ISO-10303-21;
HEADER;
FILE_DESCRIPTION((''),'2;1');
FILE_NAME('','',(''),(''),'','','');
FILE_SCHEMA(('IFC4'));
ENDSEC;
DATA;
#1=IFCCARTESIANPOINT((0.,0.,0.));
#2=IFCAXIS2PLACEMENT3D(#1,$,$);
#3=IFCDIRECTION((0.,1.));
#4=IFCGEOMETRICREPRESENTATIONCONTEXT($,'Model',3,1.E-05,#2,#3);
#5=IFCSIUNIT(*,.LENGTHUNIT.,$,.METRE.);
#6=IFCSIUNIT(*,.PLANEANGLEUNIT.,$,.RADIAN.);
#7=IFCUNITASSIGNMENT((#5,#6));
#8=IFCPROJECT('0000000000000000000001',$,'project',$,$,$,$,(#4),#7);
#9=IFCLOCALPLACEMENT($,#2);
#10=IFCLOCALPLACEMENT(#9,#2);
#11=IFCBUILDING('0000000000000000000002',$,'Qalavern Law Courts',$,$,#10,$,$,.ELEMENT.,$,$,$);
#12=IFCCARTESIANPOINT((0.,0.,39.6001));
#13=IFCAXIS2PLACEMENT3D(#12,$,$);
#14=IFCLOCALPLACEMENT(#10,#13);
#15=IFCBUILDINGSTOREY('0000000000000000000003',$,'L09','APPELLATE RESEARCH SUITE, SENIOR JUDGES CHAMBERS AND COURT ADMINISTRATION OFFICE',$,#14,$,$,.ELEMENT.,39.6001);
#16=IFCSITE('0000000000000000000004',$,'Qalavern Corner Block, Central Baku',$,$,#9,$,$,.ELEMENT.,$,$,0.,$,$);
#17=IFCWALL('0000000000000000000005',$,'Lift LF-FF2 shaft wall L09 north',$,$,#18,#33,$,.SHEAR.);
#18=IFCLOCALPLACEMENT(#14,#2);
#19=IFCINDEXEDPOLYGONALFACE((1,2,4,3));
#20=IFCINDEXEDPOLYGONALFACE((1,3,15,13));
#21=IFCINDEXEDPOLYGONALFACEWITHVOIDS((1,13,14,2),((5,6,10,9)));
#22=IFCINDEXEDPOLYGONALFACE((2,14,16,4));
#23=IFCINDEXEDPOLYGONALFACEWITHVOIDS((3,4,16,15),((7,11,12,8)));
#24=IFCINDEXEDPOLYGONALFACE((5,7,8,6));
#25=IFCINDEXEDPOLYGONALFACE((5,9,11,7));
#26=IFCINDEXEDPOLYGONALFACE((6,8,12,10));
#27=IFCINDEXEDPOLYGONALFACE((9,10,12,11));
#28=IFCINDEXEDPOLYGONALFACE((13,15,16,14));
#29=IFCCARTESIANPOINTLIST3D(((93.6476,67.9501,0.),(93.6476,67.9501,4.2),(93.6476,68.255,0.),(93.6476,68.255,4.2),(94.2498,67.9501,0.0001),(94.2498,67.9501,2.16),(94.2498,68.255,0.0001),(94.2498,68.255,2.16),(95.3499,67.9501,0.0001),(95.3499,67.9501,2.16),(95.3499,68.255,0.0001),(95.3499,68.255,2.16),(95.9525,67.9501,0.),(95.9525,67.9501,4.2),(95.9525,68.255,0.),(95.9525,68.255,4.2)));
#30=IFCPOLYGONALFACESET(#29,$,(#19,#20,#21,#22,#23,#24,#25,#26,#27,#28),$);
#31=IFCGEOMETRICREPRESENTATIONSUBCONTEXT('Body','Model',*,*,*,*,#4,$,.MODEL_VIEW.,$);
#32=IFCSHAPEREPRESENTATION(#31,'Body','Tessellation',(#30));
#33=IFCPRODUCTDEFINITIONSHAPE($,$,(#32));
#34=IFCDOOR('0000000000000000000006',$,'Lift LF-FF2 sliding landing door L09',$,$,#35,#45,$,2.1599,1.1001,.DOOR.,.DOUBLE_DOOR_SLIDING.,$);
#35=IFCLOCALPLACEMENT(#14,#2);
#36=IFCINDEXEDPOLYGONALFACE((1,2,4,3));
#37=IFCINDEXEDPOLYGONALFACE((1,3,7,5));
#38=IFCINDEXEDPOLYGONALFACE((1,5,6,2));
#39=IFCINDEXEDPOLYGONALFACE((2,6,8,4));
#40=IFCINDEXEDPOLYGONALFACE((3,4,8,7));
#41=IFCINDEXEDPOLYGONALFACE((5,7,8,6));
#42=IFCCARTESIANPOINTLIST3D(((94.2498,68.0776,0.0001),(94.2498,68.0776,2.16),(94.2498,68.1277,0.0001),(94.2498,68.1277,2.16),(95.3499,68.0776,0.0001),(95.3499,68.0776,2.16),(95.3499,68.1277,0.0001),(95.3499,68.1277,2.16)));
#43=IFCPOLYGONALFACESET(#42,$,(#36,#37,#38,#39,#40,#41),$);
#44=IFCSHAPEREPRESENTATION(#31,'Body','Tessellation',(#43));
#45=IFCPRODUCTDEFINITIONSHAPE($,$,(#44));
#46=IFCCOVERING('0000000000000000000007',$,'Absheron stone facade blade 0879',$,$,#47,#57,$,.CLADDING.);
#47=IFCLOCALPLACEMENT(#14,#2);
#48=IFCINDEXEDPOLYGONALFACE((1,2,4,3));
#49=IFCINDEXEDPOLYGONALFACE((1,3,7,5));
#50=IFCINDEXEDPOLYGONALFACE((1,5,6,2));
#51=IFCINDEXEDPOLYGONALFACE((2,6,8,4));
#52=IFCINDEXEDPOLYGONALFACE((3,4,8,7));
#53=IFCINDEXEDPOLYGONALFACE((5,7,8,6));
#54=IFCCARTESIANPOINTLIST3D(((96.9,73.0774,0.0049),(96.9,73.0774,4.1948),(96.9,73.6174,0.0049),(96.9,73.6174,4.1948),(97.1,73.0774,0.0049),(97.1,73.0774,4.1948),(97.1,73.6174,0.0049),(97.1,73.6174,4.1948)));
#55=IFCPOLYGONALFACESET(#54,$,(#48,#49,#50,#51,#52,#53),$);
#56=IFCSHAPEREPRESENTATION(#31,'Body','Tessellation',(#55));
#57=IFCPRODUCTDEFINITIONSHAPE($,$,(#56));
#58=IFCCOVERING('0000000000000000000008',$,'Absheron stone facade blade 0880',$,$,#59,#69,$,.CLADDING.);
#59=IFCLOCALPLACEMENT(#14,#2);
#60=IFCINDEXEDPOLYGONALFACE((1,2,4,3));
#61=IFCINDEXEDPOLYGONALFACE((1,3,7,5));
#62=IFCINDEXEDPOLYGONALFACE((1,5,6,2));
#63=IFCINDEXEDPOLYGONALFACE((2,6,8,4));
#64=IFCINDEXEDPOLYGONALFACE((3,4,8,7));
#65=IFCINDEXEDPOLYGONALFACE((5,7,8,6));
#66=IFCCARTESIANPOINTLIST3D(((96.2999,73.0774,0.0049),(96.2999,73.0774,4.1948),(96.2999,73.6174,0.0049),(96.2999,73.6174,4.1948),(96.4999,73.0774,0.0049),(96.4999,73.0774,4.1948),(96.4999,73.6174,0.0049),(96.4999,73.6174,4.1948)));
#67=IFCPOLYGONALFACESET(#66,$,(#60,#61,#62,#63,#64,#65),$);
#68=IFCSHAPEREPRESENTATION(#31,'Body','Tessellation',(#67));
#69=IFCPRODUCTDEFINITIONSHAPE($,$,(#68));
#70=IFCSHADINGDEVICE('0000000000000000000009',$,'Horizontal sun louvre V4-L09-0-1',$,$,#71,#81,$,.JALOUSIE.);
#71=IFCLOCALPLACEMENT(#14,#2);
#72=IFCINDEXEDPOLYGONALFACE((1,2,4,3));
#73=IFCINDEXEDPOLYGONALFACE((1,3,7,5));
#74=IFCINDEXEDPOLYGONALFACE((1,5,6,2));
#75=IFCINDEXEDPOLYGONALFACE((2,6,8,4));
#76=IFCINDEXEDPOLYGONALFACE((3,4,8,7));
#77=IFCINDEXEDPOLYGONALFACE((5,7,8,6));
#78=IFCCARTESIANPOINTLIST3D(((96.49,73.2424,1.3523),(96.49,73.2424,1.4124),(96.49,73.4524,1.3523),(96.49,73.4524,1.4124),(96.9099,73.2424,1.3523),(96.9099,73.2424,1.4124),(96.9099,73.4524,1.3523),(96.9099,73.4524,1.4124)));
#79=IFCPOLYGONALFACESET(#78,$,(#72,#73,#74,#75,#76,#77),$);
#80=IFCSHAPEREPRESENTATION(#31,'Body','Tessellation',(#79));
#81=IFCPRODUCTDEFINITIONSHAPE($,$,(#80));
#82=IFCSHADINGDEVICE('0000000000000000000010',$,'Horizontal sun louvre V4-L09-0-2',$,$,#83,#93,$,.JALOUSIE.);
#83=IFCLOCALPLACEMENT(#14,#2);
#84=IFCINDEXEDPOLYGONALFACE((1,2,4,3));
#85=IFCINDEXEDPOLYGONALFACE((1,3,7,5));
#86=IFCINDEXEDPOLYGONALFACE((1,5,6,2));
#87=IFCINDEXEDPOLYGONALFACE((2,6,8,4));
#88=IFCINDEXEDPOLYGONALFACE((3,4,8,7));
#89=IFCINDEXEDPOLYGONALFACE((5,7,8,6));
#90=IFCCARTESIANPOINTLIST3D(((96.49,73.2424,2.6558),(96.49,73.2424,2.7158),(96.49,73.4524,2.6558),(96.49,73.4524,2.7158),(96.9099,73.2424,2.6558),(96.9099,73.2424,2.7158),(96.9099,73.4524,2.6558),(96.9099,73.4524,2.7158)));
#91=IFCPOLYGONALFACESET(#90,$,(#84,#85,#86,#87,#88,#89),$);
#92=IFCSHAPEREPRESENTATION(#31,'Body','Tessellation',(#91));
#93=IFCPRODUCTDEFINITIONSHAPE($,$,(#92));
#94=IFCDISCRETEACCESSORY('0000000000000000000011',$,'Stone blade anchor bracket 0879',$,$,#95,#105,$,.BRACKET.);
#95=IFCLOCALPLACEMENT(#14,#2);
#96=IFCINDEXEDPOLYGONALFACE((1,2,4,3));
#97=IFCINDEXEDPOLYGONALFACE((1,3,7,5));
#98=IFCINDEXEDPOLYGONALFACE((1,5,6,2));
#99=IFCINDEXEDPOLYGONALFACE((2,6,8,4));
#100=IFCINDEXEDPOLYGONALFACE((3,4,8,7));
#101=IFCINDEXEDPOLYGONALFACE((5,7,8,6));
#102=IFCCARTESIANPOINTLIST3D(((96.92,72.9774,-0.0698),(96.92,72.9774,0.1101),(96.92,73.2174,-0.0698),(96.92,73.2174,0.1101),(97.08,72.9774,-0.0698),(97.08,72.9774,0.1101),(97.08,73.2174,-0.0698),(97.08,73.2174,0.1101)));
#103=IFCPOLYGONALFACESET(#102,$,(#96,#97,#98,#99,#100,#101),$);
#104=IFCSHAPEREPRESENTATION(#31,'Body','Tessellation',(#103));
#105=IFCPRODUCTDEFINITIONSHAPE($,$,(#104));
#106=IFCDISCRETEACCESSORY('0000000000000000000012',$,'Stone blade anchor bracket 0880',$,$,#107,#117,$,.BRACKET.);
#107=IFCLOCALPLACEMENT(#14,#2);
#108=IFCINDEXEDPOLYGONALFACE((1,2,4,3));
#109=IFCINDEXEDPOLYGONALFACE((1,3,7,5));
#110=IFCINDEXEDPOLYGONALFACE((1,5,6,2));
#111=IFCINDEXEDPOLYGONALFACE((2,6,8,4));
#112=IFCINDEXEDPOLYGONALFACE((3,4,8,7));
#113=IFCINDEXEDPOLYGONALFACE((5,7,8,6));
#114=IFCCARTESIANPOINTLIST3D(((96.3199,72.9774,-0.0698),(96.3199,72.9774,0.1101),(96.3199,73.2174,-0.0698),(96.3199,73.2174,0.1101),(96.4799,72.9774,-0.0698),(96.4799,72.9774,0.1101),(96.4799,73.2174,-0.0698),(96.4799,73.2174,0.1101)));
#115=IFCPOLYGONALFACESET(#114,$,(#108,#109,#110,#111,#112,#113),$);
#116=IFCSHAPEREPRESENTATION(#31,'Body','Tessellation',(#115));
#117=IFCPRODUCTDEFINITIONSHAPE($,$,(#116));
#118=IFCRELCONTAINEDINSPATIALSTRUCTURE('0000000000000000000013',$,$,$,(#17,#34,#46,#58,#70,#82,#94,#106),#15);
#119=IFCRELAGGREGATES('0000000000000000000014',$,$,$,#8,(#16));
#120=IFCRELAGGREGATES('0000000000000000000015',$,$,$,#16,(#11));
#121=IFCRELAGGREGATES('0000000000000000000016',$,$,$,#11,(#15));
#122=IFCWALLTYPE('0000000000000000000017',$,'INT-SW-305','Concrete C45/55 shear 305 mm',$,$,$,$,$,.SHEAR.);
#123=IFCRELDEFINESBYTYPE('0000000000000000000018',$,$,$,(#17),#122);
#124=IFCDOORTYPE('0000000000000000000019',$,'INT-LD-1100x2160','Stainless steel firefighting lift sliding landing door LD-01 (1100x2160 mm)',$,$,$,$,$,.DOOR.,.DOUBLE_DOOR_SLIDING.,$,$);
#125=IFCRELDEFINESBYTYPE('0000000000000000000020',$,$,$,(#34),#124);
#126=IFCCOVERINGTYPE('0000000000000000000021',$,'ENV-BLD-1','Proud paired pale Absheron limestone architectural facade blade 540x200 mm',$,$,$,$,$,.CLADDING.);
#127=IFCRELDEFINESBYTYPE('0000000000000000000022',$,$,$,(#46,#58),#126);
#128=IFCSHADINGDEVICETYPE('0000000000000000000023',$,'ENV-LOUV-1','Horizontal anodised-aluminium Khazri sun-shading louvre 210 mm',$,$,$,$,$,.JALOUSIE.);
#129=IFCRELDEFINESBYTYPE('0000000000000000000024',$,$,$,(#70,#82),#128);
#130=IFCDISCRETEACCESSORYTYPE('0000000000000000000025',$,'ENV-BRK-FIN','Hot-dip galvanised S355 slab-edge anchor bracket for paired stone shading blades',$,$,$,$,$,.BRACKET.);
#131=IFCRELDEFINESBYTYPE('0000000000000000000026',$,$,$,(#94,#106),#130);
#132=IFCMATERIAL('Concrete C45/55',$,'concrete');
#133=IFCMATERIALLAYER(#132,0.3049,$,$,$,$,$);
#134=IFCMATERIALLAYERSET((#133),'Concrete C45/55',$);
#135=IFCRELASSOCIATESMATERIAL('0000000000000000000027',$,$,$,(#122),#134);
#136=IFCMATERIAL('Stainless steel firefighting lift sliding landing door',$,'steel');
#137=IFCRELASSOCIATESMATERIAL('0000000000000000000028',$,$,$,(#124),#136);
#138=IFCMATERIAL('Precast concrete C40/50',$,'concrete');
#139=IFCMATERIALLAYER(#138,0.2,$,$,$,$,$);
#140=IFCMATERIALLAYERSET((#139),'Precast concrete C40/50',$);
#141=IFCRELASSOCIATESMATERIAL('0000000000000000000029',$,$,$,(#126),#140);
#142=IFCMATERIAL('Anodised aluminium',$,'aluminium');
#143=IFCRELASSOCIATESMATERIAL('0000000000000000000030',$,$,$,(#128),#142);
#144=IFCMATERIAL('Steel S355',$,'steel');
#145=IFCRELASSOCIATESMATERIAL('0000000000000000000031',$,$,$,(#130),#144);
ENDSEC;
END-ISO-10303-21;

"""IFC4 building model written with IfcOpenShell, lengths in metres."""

from ifc_helpers import new_model, si_unit, direction, frame, frame_2d, origin, origin_2d, place, context, subcontext, project, spatial, rectangle, extrude, material, layer, layer_set, type_object, element, fill, save


model = new_model("IFC4")

# Units and contexts
model_context = context("Model", 3, precision=1e-05, world=origin(), true_north=direction((0.0, 1.0)))
body_context = subcontext(model_context, "Body", "Model", "MODEL_VIEW")
ifc_project = project(units=[si_unit("LENGTHUNIT", "METRE"), si_unit("PLANEANGLEUNIT", "RADIAN")], contexts=[model_context])

# Site, building, storey
site_placement = place(None, origin())
site = spatial("IfcSite", under=ifc_project, at=site_placement, Name="Qalavern Corner Block, Central Baku", CompositionType="ELEMENT", RefElevation=0.0)
building_placement = place(site_placement, origin())
building = spatial("IfcBuilding", under=site, at=building_placement, Name="Qalavern Law Courts", CompositionType="ELEMENT")
storey_placement = place(building_placement, frame((0.0, 0.0, 39.6001)))
storey = spatial("IfcBuildingStorey", under=building, at=storey_placement, Name="L09", Description="APPELLATE RESEARCH SUITE, SENIOR JUDGES CHAMBERS AND COURT ADMINISTRATION OFFICE", CompositionType="ELEMENT", Elevation=39.6001)

# Shared definitions
ifc_material_1 = material(Name="Anodised aluminium", Category="aluminium")

# Shared definitions
ifc_material_2 = material(Name="Concrete C45/55", Category="concrete")
ifc_layer_1 = layer(ifc_material_2, 0.3049)
ifc_layer_set_1 = layer_set([ifc_layer_1], Name="Concrete C45/55")
wall_type = type_object("IfcWallType", Name="INT-SW-305", Description="Concrete C45/55 shear 305 mm", PredefinedType="SHEAR", material=ifc_layer_set_1)

# Wall, opening, door
wall_1_placement = place(storey_placement, frame((95.9524, 68.1025, 0.0), z_axis=(0.0, 0.0, 1.0), x_axis=(-1.0, 0.0, 0.0)))
wall_1 = element("IfcWall", 1, at=wall_1_placement, inside=storey, type_object=wall_type, Name="Lift LF-FF2 shaft wall L09 north", PredefinedType="SHEAR", context=body_context, shape_type="SweptSolid", body=[
    extrude(rectangle(XDim=2.3049, YDim=0.3049, at=frame_2d((1.1523, 0.0))), origin(), (0.0, 0.0, 1.0), 4.2),
])
opening_placement = place(wall_1_placement, frame((0.6025, 0.0, 0.0)))
opening = element("IfcOpeningElement", 2, at=opening_placement, cuts=wall_1, PredefinedType="OPENING", context=body_context, shape_type="SweptSolid", body=[
    extrude(rectangle(XDim=1.1001, YDim=2.1599, at=frame_2d((0.55, 1.0801))), frame((0.0, 0.1675, 0.0), z_axis=(0.0, -1.0, 0.0), x_axis=(1.0, 0.0, 0.0)), (0.0, 0.0, 1.0), 0.3347),
])
ifc_material_3 = material(Name="Stainless steel firefighting lift sliding landing door", Category="steel")
door_type = type_object("IfcDoorType", Name="INT-LD-1100x2160", Description="Stainless steel firefighting lift sliding landing door LD-01 (1100x2160 mm)", OperationType="DOUBLE_DOOR_SLIDING", PredefinedType="DOOR", material=ifc_material_3)
door_placement = place(opening_placement, origin())
door = element("IfcDoor", 3, at=door_placement, inside=storey, type_object=door_type, Name="Lift LF-FF2 sliding landing door L09", OperationType="DOUBLE_DOOR_SLIDING", OverallHeight=2.1599, OverallWidth=1.1001, PredefinedType="DOOR", context=body_context, shape_type="SweptSolid", body=[
    extrude(rectangle(XDim=1.1001, YDim=2.1599, at=frame_2d((0.55, 1.0801))), frame((0.0, 0.0249, 0.0), z_axis=(0.0, -1.0, 0.0), x_axis=(1.0, 0.0, 0.0)), (0.0, 0.0, 1.0), 0.05),
])
fill(opening, door)

# Coverings
ifc_material_4 = material(Name="Precast concrete C40/50", Category="concrete")
ifc_layer_2 = layer(ifc_material_4, 0.2)
ifc_layer_set_2 = layer_set([ifc_layer_2], Name="Precast concrete C40/50")
covering_type = type_object("IfcCoveringType", Name="ENV-BLD-1", Description="Proud paired pale Absheron limestone architectural facade blade 540x200 mm", PredefinedType="CLADDING", material=ifc_layer_set_2)
for number, where, z_axis, x_axis, name in (
    (4, (97.0, 73.3474, 0.0049), (0.0, 0.0, 1.0), (0.0, 1.0, 0.0), "Absheron stone facade blade 0879"),
    (5, (96.3999, 73.3474, 0.0049), (0.0, 0.0, 1.0), (0.0, 1.0, 0.0), "Absheron stone facade blade 0880"),
):
    element("IfcCovering", number, at=place(storey_placement, frame(where, z_axis=z_axis, x_axis=x_axis)), inside=storey, type_object=covering_type, Name=name, PredefinedType="CLADDING", context=body_context, shape_type="SweptSolid", body=[
        extrude(rectangle(XDim=0.54, YDim=0.2, at=origin_2d()), origin(), (0.0, 0.0, 1.0), 4.1899),
    ])

# Shading devices
shading_device_type = type_object("IfcShadingDeviceType", Name="ENV-LOUV-1", Description="Horizontal anodised-aluminium Khazri sun-shading louvre 210 mm", PredefinedType="JALOUSIE", material=ifc_material_1)
for number, where, z_axis, x_axis, name in (
    (6, (96.7, 73.3474, 1.3523), (0.0, 0.0, 1.0), (-1.0, 0.0, 0.0), "Horizontal sun louvre V4-L09-0-1"),
    (7, (96.7, 73.3474, 2.6558), (0.0, 0.0, 1.0), (-1.0, 0.0, 0.0), "Horizontal sun louvre V4-L09-0-2"),
):
    element("IfcShadingDevice", number, at=place(storey_placement, frame(where, z_axis=z_axis, x_axis=x_axis)), inside=storey, type_object=shading_device_type, Name=name, PredefinedType="JALOUSIE", context=body_context, shape_type="SweptSolid", body=[
        extrude(rectangle(XDim=0.4199, YDim=0.21, at=origin_2d()), origin(), (0.0, 0.0, 1.0), 0.0601),
    ])

# Discrete accessories
ifc_material_5 = material(Name="Steel S355", Category="steel")
discrete_accessory_type = type_object("IfcDiscreteAccessoryType", Name="ENV-BRK-FIN", Description="Hot-dip galvanised S355 slab-edge anchor bracket for paired stone shading blades", PredefinedType="BRACKET", material=ifc_material_5)
for number, where, z_axis, x_axis, name in (
    (8, (97.0, 73.0974, -0.0698), (0.0, 0.0, 1.0), (0.0, 1.0, 0.0), "Stone blade anchor bracket 0879"),
    (9, (96.3999, 73.0974, -0.0698), (0.0, 0.0, 1.0), (0.0, 1.0, 0.0), "Stone blade anchor bracket 0880"),
):
    element("IfcDiscreteAccessory", number, at=place(storey_placement, frame(where, z_axis=z_axis, x_axis=x_axis)), inside=storey, type_object=discrete_accessory_type, Name=name, PredefinedType="BRACKET", context=body_context, shape_type="SweptSolid", body=[
        extrude(rectangle(XDim=0.24, YDim=0.1599, at=origin_2d()), origin(), (0.0, 0.0, 1.0), 0.1799),
    ])

save(model, "model.ifc")
